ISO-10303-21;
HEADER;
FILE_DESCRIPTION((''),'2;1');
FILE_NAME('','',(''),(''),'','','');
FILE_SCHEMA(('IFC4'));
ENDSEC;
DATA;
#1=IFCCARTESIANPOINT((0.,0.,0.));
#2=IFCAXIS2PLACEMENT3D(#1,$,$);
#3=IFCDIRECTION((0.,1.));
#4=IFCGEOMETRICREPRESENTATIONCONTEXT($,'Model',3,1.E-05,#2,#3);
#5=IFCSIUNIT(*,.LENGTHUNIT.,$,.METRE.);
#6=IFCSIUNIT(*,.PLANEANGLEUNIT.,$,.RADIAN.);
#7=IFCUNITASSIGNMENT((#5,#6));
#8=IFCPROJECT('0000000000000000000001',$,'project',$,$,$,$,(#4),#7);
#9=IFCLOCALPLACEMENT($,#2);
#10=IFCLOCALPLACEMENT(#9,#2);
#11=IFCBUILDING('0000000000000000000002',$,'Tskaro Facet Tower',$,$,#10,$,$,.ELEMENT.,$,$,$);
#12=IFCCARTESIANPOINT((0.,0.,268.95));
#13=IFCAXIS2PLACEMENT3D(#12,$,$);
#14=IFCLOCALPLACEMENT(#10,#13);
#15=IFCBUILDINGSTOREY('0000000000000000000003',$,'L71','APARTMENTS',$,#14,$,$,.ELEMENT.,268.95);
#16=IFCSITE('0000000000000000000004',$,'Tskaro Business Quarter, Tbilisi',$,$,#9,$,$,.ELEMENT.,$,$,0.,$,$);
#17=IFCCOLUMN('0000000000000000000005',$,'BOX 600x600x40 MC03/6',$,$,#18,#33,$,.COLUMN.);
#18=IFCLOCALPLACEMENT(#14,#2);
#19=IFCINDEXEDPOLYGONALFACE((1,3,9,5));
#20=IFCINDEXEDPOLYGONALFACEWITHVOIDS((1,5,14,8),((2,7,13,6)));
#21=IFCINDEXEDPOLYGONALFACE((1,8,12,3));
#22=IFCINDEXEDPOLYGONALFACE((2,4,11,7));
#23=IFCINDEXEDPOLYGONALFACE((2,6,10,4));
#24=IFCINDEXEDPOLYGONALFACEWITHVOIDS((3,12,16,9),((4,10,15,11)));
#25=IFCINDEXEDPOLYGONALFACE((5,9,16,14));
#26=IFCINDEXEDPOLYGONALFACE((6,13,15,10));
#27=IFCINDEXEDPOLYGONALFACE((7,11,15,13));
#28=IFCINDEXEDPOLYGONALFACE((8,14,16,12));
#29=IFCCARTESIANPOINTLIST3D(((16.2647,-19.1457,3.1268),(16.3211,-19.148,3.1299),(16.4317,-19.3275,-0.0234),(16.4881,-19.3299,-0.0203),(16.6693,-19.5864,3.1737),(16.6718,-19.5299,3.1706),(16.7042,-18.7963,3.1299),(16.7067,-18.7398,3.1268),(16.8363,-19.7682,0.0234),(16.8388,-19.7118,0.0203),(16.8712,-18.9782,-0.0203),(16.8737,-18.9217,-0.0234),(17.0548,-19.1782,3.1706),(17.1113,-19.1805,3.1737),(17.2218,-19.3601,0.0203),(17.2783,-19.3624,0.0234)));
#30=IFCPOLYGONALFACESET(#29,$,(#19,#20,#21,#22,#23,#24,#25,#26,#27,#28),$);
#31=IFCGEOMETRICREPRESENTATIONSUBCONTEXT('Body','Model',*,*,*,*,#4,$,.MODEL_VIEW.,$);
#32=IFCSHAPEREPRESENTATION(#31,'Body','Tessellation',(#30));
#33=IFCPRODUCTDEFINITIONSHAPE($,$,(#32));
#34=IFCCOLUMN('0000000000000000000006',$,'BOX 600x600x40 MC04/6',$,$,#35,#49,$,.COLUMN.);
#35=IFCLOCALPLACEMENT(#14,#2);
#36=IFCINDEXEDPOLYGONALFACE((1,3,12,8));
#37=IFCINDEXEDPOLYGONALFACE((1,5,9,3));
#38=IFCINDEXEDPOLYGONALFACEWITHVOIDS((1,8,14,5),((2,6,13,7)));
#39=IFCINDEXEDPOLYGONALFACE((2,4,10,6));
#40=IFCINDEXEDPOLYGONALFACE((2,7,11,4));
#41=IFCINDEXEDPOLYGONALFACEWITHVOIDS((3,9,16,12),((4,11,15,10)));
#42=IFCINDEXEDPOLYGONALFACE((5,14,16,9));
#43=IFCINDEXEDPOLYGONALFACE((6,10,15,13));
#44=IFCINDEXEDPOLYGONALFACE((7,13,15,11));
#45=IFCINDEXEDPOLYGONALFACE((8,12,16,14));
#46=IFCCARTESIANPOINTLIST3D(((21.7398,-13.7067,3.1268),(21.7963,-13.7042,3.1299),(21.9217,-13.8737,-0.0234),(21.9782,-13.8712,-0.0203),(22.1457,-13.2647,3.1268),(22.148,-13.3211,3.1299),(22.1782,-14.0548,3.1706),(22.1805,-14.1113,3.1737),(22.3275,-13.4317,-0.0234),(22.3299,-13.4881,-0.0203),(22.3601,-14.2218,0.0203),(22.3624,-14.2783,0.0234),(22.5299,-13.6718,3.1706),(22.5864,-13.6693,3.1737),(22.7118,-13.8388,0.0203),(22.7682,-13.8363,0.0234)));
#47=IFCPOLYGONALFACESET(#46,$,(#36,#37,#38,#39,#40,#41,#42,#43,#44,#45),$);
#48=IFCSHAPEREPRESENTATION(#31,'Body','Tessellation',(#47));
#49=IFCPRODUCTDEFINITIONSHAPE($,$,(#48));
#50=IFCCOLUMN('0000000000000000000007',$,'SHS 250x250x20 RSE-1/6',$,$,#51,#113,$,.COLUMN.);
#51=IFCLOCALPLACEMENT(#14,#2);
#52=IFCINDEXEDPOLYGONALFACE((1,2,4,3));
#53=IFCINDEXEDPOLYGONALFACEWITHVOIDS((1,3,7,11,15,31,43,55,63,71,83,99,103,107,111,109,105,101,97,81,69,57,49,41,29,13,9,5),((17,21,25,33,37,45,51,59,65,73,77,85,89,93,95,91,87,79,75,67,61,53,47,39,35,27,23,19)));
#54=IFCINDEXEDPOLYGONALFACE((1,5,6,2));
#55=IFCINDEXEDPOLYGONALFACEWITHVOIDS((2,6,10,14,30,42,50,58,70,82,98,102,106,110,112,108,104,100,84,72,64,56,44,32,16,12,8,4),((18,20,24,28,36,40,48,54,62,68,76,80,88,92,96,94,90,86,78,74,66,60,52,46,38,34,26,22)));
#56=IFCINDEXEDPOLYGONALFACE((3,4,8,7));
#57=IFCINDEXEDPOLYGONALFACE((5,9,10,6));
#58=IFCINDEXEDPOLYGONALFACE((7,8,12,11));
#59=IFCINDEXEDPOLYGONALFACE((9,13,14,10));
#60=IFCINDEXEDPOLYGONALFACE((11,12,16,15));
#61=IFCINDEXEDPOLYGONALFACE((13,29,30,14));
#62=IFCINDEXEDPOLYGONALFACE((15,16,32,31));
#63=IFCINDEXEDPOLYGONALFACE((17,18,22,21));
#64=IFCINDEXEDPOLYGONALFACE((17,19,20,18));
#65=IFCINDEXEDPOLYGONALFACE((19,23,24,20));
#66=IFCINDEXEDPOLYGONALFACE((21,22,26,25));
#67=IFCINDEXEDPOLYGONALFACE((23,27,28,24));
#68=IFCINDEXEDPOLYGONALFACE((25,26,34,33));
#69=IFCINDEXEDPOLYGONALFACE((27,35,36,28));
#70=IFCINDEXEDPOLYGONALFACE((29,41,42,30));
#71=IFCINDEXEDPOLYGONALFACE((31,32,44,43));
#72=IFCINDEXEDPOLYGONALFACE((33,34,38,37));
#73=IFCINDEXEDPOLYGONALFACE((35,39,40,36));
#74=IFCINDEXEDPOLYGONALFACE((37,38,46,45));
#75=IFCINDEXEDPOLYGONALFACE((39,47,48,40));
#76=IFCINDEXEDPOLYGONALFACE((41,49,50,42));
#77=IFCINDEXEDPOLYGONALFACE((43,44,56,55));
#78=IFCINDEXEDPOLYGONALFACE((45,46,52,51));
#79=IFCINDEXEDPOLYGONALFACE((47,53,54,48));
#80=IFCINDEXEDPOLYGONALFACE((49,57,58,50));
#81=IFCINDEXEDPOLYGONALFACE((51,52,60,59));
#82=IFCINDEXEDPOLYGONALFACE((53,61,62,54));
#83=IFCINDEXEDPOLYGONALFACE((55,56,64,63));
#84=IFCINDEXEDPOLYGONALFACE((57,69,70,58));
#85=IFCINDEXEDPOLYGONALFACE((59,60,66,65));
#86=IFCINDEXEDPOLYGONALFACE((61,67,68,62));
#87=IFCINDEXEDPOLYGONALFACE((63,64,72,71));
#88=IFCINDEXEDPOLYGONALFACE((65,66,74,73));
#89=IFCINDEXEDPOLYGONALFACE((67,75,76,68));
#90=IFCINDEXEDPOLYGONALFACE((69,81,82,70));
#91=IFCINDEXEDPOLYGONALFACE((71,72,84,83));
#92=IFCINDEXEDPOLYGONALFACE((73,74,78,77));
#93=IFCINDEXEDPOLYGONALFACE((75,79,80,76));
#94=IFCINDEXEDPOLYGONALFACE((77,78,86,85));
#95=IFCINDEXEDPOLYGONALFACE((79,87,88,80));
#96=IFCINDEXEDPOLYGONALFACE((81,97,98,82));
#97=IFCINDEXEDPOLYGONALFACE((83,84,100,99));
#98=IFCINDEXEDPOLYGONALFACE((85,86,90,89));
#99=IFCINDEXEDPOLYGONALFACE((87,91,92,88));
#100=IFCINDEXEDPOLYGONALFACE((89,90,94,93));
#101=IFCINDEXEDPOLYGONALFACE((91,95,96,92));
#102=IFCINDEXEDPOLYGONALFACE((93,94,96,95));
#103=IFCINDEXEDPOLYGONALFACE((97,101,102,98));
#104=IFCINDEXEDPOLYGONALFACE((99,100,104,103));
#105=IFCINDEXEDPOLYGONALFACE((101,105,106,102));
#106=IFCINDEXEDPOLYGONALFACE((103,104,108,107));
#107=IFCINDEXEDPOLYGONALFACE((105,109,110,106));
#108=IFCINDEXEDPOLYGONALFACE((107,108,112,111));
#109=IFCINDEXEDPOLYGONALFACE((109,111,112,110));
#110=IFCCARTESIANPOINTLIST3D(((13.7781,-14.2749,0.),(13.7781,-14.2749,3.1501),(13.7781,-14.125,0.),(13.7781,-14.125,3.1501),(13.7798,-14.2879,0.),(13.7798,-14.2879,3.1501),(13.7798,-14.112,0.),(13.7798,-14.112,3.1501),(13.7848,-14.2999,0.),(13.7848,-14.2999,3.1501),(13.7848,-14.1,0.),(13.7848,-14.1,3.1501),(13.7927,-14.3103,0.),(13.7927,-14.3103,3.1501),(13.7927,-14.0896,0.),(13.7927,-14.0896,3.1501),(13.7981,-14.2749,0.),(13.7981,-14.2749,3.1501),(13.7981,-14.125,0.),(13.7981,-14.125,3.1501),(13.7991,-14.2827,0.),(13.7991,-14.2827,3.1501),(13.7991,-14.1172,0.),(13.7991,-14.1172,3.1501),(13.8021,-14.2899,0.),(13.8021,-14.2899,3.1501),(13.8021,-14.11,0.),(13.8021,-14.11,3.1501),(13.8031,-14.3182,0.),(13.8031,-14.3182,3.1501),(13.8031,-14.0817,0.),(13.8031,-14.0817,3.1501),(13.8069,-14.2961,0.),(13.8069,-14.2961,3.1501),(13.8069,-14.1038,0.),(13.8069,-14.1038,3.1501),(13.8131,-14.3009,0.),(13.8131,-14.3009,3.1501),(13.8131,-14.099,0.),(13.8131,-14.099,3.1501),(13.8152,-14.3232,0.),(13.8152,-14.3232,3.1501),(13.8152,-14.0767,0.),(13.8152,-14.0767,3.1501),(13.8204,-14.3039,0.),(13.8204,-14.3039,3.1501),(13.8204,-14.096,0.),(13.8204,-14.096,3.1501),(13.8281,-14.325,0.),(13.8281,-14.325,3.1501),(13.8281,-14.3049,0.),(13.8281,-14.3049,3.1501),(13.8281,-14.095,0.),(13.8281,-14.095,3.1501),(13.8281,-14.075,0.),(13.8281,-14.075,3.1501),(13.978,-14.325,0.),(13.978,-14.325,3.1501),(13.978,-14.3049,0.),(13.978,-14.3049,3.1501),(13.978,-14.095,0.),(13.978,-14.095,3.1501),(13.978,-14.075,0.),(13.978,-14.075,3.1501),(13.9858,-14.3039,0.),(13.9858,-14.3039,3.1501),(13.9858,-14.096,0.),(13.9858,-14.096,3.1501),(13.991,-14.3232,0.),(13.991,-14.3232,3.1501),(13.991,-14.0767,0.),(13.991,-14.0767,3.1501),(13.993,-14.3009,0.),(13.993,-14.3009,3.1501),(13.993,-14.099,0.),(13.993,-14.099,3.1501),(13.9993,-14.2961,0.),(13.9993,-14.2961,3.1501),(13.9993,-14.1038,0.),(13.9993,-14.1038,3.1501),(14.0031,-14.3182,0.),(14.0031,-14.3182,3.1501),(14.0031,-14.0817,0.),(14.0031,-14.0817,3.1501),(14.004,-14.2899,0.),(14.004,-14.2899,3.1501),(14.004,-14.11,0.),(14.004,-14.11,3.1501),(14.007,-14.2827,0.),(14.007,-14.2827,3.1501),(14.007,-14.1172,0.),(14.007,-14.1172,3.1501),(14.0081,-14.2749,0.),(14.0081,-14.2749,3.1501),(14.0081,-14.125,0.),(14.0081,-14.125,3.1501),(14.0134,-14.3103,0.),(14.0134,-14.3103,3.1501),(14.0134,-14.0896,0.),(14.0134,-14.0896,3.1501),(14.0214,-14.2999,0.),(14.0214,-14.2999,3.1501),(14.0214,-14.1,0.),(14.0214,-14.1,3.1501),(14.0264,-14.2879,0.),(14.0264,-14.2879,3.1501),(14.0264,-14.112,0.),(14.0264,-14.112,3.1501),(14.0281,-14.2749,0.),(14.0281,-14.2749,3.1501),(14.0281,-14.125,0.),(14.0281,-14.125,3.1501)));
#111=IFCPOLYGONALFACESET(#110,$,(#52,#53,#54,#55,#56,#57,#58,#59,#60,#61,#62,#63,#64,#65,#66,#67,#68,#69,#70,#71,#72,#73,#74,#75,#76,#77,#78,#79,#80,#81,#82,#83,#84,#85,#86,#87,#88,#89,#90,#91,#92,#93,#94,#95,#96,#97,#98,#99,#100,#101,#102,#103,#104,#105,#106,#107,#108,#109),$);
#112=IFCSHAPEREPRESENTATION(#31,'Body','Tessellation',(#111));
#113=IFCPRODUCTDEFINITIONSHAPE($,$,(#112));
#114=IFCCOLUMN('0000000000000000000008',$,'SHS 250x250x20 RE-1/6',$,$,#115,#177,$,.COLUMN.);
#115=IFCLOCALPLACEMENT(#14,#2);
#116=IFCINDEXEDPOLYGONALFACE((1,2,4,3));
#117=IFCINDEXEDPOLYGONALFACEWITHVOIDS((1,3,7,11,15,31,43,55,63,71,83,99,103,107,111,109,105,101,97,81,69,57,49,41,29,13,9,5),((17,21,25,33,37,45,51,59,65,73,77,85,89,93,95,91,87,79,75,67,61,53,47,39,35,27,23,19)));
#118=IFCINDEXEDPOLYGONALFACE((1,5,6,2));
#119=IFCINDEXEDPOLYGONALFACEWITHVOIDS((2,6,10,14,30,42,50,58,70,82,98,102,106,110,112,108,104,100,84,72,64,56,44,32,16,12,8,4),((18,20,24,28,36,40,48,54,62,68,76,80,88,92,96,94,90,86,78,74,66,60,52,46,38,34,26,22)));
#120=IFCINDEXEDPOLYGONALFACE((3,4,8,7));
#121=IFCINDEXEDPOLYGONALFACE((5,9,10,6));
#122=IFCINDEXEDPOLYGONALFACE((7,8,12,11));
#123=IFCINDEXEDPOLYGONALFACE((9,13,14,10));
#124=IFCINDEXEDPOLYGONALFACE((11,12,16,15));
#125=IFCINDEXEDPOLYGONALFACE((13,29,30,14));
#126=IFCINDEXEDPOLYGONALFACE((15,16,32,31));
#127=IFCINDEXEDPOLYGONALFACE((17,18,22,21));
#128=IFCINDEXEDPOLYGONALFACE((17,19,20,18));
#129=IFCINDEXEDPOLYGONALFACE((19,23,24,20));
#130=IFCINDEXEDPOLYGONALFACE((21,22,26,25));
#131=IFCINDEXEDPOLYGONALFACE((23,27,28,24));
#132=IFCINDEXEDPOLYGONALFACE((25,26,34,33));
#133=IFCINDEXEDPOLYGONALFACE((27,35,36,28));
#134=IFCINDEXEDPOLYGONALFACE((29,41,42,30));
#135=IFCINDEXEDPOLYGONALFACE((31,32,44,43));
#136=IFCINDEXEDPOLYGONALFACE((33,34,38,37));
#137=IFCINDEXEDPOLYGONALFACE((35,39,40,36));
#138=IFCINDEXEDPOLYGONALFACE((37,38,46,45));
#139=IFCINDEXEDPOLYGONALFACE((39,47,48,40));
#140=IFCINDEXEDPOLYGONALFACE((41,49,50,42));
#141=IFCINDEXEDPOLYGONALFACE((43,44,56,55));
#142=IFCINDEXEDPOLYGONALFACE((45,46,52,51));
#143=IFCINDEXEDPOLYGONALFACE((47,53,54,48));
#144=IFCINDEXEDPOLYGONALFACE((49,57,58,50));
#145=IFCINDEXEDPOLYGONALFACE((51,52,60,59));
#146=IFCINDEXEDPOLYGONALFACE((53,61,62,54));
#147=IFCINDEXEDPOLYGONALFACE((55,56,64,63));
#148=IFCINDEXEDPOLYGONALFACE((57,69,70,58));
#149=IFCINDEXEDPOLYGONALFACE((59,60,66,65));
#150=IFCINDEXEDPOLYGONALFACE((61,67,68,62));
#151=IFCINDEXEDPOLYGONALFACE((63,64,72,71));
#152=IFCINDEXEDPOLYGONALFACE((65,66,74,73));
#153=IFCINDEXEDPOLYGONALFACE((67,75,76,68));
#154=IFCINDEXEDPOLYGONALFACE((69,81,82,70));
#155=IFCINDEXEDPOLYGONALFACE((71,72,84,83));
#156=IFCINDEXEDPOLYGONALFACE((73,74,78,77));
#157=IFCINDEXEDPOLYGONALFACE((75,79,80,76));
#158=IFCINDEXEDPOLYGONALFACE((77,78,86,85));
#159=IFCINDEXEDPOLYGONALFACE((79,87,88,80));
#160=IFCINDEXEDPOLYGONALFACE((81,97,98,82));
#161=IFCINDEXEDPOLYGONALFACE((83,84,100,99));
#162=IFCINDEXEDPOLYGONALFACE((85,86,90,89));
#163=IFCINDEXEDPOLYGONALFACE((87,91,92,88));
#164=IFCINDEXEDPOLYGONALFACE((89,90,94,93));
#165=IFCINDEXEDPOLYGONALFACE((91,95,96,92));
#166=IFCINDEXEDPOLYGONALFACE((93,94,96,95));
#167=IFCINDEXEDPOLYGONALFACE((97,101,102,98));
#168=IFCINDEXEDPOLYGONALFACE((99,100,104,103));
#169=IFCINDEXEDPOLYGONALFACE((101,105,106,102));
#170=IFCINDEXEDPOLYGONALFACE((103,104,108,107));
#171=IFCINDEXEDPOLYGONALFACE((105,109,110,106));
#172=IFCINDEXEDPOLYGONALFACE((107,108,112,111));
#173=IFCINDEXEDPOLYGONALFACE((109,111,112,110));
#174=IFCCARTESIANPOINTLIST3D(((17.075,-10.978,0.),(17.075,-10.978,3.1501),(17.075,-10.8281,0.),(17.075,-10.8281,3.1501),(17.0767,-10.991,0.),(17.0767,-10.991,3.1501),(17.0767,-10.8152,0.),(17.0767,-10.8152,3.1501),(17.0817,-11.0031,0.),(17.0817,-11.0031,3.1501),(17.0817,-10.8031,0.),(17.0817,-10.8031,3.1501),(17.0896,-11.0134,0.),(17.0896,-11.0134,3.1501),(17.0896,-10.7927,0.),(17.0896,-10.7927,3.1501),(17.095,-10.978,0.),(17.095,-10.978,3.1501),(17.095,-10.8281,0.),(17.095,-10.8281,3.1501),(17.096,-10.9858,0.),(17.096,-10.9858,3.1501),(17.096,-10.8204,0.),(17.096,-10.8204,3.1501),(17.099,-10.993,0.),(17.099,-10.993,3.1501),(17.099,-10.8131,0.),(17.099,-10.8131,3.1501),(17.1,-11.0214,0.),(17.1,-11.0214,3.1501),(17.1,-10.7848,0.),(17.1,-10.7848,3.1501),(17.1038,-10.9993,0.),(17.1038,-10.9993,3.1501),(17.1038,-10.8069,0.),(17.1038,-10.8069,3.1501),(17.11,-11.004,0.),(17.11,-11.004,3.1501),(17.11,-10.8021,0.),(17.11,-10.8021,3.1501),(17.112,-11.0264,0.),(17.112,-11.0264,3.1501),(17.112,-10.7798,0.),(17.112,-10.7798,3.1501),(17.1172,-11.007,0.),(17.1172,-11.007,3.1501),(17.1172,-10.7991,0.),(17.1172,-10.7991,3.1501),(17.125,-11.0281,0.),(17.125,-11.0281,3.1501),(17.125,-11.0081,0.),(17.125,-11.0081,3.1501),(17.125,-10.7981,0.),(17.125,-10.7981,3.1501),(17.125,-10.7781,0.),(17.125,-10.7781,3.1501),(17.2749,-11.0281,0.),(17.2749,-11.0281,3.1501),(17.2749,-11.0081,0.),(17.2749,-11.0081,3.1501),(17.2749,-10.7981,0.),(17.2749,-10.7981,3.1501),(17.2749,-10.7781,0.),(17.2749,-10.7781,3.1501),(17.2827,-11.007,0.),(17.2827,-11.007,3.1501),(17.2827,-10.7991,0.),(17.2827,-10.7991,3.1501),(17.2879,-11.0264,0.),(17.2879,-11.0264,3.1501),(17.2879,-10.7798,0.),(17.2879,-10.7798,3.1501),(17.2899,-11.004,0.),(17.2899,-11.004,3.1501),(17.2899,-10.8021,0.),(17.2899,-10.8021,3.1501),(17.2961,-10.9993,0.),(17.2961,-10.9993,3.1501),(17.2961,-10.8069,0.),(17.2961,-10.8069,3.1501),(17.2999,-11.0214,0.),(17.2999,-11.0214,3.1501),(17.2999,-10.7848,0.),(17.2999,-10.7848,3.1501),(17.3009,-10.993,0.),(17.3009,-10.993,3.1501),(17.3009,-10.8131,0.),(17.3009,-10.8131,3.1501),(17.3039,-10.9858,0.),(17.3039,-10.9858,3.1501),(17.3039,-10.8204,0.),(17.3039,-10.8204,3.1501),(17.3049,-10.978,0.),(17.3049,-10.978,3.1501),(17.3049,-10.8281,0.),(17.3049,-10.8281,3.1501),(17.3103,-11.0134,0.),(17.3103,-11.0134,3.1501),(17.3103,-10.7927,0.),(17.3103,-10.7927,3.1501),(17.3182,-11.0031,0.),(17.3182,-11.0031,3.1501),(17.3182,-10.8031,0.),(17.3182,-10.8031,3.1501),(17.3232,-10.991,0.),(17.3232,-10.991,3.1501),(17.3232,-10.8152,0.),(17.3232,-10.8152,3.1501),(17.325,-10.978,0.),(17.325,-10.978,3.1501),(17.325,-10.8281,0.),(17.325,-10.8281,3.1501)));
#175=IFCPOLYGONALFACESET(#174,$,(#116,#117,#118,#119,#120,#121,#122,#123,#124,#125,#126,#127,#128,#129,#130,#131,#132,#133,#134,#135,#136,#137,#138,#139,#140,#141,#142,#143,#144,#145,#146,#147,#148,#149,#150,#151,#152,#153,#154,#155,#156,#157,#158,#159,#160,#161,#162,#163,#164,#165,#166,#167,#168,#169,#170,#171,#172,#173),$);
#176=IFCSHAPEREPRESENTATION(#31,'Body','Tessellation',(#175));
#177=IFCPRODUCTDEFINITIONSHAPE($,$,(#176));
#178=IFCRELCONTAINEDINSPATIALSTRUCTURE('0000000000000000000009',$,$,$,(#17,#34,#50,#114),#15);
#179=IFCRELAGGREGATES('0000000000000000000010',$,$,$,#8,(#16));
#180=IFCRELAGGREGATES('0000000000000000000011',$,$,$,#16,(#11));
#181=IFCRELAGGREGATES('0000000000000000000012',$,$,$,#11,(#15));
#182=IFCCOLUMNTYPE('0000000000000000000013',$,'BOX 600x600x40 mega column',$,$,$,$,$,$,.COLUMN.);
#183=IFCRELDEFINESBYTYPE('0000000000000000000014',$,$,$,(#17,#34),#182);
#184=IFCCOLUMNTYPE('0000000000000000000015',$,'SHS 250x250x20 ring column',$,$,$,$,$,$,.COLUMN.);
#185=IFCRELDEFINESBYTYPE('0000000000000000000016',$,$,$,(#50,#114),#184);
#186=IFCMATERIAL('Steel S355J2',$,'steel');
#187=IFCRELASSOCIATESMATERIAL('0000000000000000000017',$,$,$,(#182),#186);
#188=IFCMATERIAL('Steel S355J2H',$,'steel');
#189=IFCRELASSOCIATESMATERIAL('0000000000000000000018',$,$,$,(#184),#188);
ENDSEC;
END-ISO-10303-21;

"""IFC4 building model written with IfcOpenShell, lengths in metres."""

from ifc_helpers import new_model, si_unit, direction, frame, origin, origin_2d, place, context, subcontext, project, spatial, hollow_rectangle, extrude, material, material_profile, profile_set, type_object, element, save


model = new_model("IFC4")

# Units and contexts
model_context = context("Model", 3, precision=1e-05, world=origin(), true_north=direction((0.0, 1.0)))
body_context = subcontext(model_context, "Body", "Model", "MODEL_VIEW")
ifc_project = project(units=[si_unit("LENGTHUNIT", "METRE"), si_unit("PLANEANGLEUNIT", "RADIAN")], contexts=[model_context])

# Site, building, storey
site_placement = place(None, origin())
site = spatial("IfcSite", under=ifc_project, at=site_placement, Name="Tskaro Business Quarter, Tbilisi", CompositionType="ELEMENT", RefElevation=0.0)
building_placement = place(site_placement, origin())
building = spatial("IfcBuilding", under=site, at=building_placement, Name="Tskaro Facet Tower", CompositionType="ELEMENT")
storey_placement = place(building_placement, frame((0.0, 0.0, 268.95)))
storey = spatial("IfcBuildingStorey", under=building, at=storey_placement, Name="L71", Description="APARTMENTS", CompositionType="ELEMENT", Elevation=268.95)

# Columns
ifc_material_1 = material(Name="Steel S355J2", Category="steel")
ifc_material_profile_1 = material_profile(ifc_material_1, hollow_rectangle(XDim=0.6001, YDim=0.6001, WallThickness=0.04, at=origin_2d()), Name="BOX 600x600x40")
ifc_profile_set_1 = profile_set([ifc_material_profile_1], Name="Steel S355J2")
column_type_1 = type_object("IfcColumnType", Name="BOX 600x600x40 mega column", PredefinedType="COLUMN", material=ifc_profile_set_1)
for number, where, z_axis, x_axis, name in (
    (1, (16.855, -19.345, 0.0), (-0.052849, 0.057562, 0.996942), (-0.73662, -0.676306, 0.0), "BOX 600x600x40 MC03/6"),
    (2, (22.345, -13.855, 0.0), (-0.057562, 0.052849, 0.996942), (-0.676306, -0.73662, 0.0), "BOX 600x600x40 MC04/6"),
):
    element("IfcColumn", number, at=place(storey_placement, frame(where, z_axis=z_axis, x_axis=x_axis)), inside=storey, type_object=column_type_1, Name=name, PredefinedType="COLUMN", context=body_context, shape_type="SweptSolid", body=[
        extrude(hollow_rectangle(XDim=0.6001, YDim=0.6001, WallThickness=0.04, at=origin_2d()), origin(), (0.0, 0.0, 1.0), 3.1599),
    ])
ifc_material_2 = material(Name="Steel S355J2H", Category="steel")
ifc_material_profile_2 = material_profile(ifc_material_2, hollow_rectangle(XDim=0.25, YDim=0.25, WallThickness=0.02, InnerFilletRadius=0.03, OuterFilletRadius=0.05, at=origin_2d()), Name="SHS 250x250x20")
ifc_profile_set_2 = profile_set([ifc_material_profile_2], Name="Steel S355J2H")
column_type_2 = type_object("IfcColumnType", Name="SHS 250x250x20 ring column", PredefinedType="COLUMN", material=ifc_profile_set_2)
for number, where, z_axis, x_axis, name in (
    (3, (13.9031, -14.2, 0.0), (0.0, 0.0, 1.0), (1.0, 0.0, 0.0), "SHS 250x250x20 RSE-1/6"),
    (4, (17.2, -10.9031, 0.0), (0.0, 0.0, 1.0), (1.0, 0.0, 0.0), "SHS 250x250x20 RE-1/6"),
):
    element("IfcColumn", number, at=place(storey_placement, frame(where, z_axis=z_axis, x_axis=x_axis)), inside=storey, type_object=column_type_2, Name=name, PredefinedType="COLUMN", context=body_context, shape_type="SweptSolid", body=[
        extrude(hollow_rectangle(XDim=0.25, YDim=0.25, WallThickness=0.02, InnerFilletRadius=0.03, OuterFilletRadius=0.05, at=origin_2d()), origin(), (0.0, 0.0, 1.0), 3.1501),
    ])

save(model, "model.ifc")
